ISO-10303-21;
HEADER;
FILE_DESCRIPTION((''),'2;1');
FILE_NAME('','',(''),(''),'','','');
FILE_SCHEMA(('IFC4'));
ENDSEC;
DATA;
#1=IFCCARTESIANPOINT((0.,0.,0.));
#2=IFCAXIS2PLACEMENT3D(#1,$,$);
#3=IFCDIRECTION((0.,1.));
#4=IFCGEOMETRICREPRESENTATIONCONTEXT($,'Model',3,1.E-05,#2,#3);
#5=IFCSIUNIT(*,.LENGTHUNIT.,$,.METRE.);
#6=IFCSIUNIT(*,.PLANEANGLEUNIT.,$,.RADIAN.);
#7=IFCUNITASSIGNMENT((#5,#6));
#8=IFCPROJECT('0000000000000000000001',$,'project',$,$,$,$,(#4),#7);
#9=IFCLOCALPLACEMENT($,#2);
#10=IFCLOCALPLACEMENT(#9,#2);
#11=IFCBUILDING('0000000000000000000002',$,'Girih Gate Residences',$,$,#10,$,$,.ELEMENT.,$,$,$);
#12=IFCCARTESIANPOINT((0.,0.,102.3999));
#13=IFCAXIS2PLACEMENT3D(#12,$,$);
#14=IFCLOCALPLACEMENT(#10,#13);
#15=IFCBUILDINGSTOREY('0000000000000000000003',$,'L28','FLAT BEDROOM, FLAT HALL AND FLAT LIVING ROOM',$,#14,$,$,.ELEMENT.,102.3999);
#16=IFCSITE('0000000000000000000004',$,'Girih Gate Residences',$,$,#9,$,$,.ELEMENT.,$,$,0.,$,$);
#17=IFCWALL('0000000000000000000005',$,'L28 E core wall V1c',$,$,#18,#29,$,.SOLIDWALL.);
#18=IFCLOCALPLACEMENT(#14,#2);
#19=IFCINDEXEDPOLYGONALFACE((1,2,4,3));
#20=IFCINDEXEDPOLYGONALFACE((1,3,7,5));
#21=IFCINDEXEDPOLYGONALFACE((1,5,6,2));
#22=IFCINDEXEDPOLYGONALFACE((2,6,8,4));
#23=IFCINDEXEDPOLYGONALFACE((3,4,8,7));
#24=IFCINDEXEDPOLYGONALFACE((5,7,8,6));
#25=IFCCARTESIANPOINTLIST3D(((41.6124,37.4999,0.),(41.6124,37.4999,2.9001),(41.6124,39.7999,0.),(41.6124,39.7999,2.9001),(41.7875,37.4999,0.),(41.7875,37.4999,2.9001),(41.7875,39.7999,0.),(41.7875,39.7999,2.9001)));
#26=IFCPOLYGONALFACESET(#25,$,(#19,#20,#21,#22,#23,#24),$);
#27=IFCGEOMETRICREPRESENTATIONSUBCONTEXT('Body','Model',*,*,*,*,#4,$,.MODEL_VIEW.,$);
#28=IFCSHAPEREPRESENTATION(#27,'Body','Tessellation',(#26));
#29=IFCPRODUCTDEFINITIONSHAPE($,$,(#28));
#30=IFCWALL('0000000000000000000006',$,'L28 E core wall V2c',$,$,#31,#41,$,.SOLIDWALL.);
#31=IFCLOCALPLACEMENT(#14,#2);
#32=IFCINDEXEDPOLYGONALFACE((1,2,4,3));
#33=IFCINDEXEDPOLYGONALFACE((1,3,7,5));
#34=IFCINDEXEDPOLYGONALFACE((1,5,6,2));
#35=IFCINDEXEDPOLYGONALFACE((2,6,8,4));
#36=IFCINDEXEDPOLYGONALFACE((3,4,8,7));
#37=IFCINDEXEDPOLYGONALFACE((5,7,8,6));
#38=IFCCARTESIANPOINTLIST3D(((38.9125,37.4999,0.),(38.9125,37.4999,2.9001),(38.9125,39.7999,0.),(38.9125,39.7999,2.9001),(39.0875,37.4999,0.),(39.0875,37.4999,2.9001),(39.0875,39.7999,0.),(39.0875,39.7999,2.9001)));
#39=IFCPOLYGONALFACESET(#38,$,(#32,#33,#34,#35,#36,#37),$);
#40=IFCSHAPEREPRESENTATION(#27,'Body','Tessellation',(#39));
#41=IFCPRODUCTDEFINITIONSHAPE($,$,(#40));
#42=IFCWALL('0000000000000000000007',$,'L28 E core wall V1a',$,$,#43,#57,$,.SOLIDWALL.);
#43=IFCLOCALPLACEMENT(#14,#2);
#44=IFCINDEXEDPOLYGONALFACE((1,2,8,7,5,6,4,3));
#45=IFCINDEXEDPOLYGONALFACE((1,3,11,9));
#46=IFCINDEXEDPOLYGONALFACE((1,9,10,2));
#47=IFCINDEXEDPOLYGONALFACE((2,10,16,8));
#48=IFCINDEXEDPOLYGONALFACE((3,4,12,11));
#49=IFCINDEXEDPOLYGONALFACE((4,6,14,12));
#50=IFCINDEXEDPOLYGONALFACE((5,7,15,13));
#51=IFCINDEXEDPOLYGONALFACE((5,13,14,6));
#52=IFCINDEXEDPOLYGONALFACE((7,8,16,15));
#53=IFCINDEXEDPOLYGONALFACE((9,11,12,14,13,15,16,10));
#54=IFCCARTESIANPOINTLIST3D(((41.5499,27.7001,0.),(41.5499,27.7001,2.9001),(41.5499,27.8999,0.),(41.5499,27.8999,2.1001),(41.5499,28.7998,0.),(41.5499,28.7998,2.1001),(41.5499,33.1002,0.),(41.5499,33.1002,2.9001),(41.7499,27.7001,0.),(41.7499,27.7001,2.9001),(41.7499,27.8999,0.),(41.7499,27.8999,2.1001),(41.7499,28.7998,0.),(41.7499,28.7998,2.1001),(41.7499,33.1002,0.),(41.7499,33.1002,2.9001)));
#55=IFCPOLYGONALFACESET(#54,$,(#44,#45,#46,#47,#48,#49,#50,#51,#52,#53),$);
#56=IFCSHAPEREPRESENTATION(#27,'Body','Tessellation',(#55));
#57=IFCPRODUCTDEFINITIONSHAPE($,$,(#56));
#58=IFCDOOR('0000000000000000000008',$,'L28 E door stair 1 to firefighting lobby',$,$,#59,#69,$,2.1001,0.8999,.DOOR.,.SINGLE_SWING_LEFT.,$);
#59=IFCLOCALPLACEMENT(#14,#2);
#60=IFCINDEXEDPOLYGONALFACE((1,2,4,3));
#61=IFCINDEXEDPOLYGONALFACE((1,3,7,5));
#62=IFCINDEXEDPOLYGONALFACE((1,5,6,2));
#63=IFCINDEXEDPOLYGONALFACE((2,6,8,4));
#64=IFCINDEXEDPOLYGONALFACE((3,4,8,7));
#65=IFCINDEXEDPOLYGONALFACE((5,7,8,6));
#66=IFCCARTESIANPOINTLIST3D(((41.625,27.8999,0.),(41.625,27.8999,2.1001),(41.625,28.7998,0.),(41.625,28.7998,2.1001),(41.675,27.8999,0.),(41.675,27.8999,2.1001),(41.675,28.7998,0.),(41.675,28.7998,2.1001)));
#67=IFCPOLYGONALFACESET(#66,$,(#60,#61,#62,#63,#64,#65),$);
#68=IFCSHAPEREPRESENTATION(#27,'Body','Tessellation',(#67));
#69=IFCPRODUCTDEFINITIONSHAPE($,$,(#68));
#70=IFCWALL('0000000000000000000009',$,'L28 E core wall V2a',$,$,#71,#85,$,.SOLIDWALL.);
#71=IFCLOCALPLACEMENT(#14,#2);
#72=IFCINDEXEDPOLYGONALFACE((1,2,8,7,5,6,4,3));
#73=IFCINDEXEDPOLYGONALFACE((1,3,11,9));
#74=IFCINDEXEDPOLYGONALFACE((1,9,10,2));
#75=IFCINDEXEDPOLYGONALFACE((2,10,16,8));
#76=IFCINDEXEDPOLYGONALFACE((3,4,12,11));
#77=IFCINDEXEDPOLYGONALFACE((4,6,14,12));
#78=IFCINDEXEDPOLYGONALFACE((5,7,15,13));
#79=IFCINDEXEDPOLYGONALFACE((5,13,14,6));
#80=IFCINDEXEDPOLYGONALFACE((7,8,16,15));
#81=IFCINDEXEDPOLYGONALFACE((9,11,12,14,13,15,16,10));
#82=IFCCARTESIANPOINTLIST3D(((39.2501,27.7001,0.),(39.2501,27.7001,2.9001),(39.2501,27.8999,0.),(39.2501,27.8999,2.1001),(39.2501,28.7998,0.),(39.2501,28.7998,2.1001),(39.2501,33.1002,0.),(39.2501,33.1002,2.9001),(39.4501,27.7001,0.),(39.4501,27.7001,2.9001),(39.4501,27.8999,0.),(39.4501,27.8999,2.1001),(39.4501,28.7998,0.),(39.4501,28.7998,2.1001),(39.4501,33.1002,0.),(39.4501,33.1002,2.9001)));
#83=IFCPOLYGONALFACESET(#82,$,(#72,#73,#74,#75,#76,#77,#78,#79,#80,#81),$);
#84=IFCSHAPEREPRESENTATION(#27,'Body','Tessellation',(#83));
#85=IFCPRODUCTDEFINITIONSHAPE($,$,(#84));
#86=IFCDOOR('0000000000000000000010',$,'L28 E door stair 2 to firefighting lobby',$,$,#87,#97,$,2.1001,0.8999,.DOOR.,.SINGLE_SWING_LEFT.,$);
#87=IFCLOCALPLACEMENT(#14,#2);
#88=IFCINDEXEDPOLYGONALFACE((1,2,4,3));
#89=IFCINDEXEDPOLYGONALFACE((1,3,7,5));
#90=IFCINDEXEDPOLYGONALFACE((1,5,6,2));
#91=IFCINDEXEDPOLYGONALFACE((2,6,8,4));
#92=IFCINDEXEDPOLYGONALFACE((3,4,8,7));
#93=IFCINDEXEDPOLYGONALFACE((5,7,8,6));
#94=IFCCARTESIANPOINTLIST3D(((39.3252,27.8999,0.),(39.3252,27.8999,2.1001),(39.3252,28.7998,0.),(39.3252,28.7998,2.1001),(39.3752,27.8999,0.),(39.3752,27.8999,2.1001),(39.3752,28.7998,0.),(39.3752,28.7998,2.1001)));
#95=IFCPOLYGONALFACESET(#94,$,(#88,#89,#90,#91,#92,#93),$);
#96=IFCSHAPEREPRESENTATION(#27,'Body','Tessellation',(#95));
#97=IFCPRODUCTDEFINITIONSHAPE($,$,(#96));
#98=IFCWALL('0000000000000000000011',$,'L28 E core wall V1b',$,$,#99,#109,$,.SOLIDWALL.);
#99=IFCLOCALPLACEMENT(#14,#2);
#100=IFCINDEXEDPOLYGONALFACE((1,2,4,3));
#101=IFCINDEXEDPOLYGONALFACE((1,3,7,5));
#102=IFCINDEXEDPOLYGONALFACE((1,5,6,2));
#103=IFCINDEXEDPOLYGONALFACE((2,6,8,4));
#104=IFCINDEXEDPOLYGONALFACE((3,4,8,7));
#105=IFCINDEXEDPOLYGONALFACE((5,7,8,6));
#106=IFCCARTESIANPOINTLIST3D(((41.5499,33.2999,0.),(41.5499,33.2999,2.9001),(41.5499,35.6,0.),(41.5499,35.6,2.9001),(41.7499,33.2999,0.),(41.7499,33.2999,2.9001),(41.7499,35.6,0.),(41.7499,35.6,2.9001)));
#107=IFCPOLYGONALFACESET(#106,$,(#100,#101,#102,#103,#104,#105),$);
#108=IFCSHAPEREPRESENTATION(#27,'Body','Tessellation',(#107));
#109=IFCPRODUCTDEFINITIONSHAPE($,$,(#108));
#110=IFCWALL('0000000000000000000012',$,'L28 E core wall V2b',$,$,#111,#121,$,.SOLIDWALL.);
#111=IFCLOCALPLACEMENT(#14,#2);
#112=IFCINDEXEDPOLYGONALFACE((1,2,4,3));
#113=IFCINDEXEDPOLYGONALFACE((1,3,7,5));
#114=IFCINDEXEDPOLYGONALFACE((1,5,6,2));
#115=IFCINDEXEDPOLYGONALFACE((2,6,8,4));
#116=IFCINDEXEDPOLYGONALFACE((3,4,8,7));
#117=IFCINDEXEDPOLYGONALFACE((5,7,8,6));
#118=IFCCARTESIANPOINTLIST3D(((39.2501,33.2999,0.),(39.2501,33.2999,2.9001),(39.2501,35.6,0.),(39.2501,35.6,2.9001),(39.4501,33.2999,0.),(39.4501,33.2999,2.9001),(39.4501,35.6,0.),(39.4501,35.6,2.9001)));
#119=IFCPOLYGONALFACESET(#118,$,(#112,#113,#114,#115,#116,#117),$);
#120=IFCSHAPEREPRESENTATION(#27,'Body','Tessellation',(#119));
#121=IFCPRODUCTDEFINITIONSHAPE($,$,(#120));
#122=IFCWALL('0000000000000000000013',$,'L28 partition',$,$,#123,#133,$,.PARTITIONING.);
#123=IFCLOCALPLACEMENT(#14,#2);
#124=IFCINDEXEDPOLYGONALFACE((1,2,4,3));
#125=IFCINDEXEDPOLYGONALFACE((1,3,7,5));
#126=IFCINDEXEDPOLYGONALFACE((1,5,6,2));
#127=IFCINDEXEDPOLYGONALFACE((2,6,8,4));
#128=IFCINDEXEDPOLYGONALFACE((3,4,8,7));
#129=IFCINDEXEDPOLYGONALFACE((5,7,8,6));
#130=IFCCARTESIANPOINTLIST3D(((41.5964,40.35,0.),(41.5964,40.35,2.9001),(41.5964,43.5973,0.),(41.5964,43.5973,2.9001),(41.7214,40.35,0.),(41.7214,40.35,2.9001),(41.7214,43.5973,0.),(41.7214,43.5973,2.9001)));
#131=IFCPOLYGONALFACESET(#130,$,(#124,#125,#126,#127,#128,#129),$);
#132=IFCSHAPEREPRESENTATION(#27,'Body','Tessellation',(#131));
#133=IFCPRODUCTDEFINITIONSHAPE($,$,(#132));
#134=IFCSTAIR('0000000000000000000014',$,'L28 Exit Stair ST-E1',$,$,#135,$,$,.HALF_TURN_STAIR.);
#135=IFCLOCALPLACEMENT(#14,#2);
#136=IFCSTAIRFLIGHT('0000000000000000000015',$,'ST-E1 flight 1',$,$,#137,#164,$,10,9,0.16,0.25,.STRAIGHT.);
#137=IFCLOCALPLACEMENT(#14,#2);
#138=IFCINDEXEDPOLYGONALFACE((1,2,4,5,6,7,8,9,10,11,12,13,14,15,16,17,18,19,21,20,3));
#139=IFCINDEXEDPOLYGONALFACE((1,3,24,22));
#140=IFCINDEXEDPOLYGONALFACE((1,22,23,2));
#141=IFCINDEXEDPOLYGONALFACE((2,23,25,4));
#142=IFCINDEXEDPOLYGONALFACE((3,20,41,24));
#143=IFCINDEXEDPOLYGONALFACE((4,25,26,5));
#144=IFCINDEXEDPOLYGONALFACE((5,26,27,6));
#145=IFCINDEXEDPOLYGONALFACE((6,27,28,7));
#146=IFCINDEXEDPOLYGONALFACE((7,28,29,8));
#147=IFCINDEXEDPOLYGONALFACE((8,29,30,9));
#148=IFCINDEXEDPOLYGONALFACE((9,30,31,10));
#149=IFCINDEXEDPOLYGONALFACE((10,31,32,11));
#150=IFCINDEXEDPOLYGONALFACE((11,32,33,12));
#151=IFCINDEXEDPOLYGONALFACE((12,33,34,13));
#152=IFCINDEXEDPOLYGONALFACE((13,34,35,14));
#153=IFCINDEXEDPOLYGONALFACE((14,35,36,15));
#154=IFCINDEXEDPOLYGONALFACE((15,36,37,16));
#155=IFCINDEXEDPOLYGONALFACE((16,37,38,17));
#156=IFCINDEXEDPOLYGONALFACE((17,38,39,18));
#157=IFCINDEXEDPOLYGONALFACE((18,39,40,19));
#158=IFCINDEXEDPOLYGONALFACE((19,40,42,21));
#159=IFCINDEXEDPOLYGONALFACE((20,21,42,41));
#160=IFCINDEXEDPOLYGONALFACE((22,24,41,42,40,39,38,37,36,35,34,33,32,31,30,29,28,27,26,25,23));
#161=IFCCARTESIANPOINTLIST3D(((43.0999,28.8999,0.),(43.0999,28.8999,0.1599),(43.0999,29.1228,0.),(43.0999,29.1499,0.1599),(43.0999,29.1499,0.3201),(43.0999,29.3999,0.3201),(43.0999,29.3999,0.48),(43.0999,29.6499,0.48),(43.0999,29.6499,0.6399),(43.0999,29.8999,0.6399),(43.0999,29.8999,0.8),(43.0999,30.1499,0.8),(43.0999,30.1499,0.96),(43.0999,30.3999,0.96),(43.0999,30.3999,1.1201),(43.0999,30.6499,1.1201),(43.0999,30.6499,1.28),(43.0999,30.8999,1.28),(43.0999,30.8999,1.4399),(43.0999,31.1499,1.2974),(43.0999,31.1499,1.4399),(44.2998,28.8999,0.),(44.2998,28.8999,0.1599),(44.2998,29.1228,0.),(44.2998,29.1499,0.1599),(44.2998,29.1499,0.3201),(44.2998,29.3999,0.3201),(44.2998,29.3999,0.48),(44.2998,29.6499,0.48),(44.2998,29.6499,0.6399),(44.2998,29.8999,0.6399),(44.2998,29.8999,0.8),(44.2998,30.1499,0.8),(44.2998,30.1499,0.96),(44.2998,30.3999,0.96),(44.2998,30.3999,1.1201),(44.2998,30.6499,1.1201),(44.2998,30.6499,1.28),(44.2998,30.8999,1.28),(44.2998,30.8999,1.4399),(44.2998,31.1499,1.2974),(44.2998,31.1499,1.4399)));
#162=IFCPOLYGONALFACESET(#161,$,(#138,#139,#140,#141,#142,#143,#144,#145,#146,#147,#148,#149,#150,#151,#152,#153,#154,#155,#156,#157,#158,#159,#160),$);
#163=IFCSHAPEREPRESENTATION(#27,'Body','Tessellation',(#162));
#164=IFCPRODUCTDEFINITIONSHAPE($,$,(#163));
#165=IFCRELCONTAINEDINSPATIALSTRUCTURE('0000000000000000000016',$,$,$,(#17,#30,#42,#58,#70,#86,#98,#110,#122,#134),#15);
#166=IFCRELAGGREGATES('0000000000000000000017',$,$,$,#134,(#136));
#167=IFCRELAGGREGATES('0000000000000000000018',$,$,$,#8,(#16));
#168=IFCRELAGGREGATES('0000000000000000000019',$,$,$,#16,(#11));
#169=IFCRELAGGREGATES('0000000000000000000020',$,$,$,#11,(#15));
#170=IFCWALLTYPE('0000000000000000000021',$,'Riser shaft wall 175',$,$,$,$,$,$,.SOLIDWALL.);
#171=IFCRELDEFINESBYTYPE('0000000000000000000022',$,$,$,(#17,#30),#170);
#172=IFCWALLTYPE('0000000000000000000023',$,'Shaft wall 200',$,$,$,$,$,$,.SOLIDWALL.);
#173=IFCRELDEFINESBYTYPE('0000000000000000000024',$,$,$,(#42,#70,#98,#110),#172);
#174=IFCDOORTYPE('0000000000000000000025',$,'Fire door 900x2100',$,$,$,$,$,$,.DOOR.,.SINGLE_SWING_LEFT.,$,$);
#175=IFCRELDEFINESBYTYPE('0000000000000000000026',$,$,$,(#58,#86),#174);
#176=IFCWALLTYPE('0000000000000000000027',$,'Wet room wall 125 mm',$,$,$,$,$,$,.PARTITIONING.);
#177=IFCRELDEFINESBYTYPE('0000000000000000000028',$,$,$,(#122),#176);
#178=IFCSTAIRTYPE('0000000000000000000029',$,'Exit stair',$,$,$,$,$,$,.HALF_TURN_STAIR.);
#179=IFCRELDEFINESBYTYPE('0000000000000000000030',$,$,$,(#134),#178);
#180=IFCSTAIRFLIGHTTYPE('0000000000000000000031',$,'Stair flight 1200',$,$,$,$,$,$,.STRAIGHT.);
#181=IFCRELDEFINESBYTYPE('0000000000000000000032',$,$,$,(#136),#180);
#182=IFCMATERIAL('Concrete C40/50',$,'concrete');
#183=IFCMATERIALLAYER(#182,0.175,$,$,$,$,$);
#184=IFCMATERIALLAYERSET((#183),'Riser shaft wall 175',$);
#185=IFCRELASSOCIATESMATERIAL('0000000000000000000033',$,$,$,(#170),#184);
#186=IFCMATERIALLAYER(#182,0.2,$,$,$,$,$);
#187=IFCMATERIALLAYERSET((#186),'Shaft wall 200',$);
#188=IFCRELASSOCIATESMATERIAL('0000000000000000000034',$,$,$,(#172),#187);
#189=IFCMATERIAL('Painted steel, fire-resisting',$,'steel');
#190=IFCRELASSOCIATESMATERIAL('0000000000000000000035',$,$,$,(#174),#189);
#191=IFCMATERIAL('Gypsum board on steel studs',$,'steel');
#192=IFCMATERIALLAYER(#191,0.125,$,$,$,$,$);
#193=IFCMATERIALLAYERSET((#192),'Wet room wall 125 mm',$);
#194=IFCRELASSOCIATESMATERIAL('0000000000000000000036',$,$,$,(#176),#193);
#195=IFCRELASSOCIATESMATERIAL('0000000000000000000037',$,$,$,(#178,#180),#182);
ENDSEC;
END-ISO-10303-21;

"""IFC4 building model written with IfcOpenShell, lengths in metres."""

from ifc_helpers import new_model, si_unit, direction, frame, frame_2d, origin, place, context, subcontext, project, spatial, polyline, rectangle, outline, extrude, material, layer, layer_set, type_object, element, fill, aggregate, save


model = new_model("IFC4")

# Units and contexts
model_context = context("Model", 3, precision=1e-05, world=origin(), true_north=direction((0.0, 1.0)))
body_context = subcontext(model_context, "Body", "Model", "MODEL_VIEW")
ifc_project = project(units=[si_unit("LENGTHUNIT", "METRE"), si_unit("PLANEANGLEUNIT", "RADIAN")], contexts=[model_context])

# Site, building, storey
site_placement = place(None, origin())
site = spatial("IfcSite", under=ifc_project, at=site_placement, Name="Girih Gate Residences", CompositionType="ELEMENT", RefElevation=0.0)
building_placement = place(site_placement, origin())
building = spatial("IfcBuilding", under=site, at=building_placement, Name="Girih Gate Residences", CompositionType="ELEMENT")
storey_placement = place(building_placement, frame((0.0, 0.0, 102.3999)))
storey = spatial("IfcBuildingStorey", under=building, at=storey_placement, Name="L28", Description="FLAT BEDROOM, FLAT HALL AND FLAT LIVING ROOM", CompositionType="ELEMENT", Elevation=102.3999)

# Shared definitions
ifc_material_1 = material(Name="Gypsum board on steel studs", Category="steel")

# Walls
ifc_material_2 = material(Name="Concrete C40/50", Category="concrete")
ifc_layer_1 = layer(ifc_material_2, 0.175)
ifc_layer_set_1 = layer_set([ifc_layer_1], Name="Riser shaft wall 175")
wall_type_1 = type_object("IfcWallType", Name="Riser shaft wall 175", PredefinedType="SOLIDWALL", material=ifc_layer_set_1)
for number, where, z_axis, x_axis, name in (
    (1, (41.7, 37.5, 0.0), (0.0, 0.0, 1.0), (0.0, 1.0, 0.0), "L28 E core wall V1c"),
    (2, (39.0, 37.5, 0.0), (0.0, 0.0, 1.0), (0.0, 1.0, 0.0), "L28 E core wall V2c"),
):
    element("IfcWall", number, at=place(storey_placement, frame(where, z_axis=z_axis, x_axis=x_axis)), inside=storey, type_object=wall_type_1, Name=name, PredefinedType="SOLIDWALL", context=body_context, shape_type="SweptSolid", body=[
        extrude(rectangle(XDim=2.3, YDim=0.175, at=frame_2d((1.1499, 0.0))), origin(), (0.0, 0.0, 1.0), 2.9001),
    ])

# Walls, openings, doors
ifc_layer_2 = layer(ifc_material_2, 0.2)
ifc_layer_set_2 = layer_set([ifc_layer_2], Name="Shaft wall 200")
wall_type_2 = type_object("IfcWallType", Name="Shaft wall 200", PredefinedType="SOLIDWALL", material=ifc_layer_set_2)
wall_1_placement = place(storey_placement, frame((41.6499, 27.7, 0.0), z_axis=(0.0, 0.0, 1.0), x_axis=(0.0, 1.0, 0.0)))
wall_1 = element("IfcWall", 3, at=wall_1_placement, inside=storey, type_object=wall_type_2, Name="L28 E core wall V1a", PredefinedType="SOLIDWALL", context=body_context, shape_type="SweptSolid", body=[
    extrude(rectangle(XDim=5.4001, YDim=0.2, at=frame_2d((2.7002, 0.0))), origin(), (0.0, 0.0, 1.0), 2.9001),
])
opening_1_placement = place(wall_1_placement, frame((0.2, 0.0, 0.0)))
opening_1 = element("IfcOpeningElement", 4, at=opening_1_placement, cuts=wall_1, PredefinedType="OPENING", context=body_context, shape_type="SweptSolid", body=[
    extrude(rectangle(XDim=0.8999, YDim=2.1001, at=frame_2d((0.45, 1.05))), frame((0.0, 0.1099, 0.0), z_axis=(0.0, -1.0, 0.0), x_axis=(1.0, 0.0, 0.0)), (0.0, 0.0, 1.0), 0.22),
])
ifc_material_3 = material(Name="Painted steel, fire-resisting", Category="steel")
door_type = type_object("IfcDoorType", Name="Fire door 900x2100", OperationType="SINGLE_SWING_LEFT", PredefinedType="DOOR", material=ifc_material_3)
door_1_placement = place(opening_1_placement, origin())
door_1 = element("IfcDoor", 5, at=door_1_placement, inside=storey, type_object=door_type, Name="L28 E door stair 1 to firefighting lobby", OperationType="SINGLE_SWING_LEFT", OverallHeight=2.1001, OverallWidth=0.8999, PredefinedType="DOOR", context=body_context, shape_type="SweptSolid", body=[
    extrude(rectangle(XDim=0.8999, YDim=2.1001, at=frame_2d((0.45, 1.05))), frame((0.0, 0.0249, 0.0), z_axis=(0.0, -1.0, 0.0), x_axis=(1.0, 0.0, 0.0)), (0.0, 0.0, 1.0), 0.05),
])
fill(opening_1, door_1)
wall_2_placement = place(storey_placement, frame((39.3501, 27.7, 0.0), z_axis=(0.0, 0.0, 1.0), x_axis=(0.0, 1.0, 0.0)))
wall_2 = element("IfcWall", 6, at=wall_2_placement, inside=storey, type_object=wall_type_2, Name="L28 E core wall V2a", PredefinedType="SOLIDWALL", context=body_context, shape_type="SweptSolid", body=[
    extrude(rectangle(XDim=5.4001, YDim=0.2, at=frame_2d((2.7002, 0.0))), origin(), (0.0, 0.0, 1.0), 2.9001),
])
opening_2_placement = place(wall_2_placement, frame((0.2, 0.0, 0.0)))
opening_2 = element("IfcOpeningElement", 7, at=opening_2_placement, cuts=wall_2, PredefinedType="OPENING", context=body_context, shape_type="SweptSolid", body=[
    extrude(rectangle(XDim=0.8999, YDim=2.1001, at=frame_2d((0.45, 1.05))), frame((0.0, 0.1099, 0.0), z_axis=(0.0, -1.0, 0.0), x_axis=(1.0, 0.0, 0.0)), (0.0, 0.0, 1.0), 0.22),
])
door_2_placement = place(opening_2_placement, origin())
door_2 = element("IfcDoor", 8, at=door_2_placement, inside=storey, type_object=door_type, Name="L28 E door stair 2 to firefighting lobby", OperationType="SINGLE_SWING_LEFT", OverallHeight=2.1001, OverallWidth=0.8999, PredefinedType="DOOR", context=body_context, shape_type="SweptSolid", body=[
    extrude(rectangle(XDim=0.8999, YDim=2.1001, at=frame_2d((0.45, 1.05))), frame((0.0, 0.0249, 0.0), z_axis=(0.0, -1.0, 0.0), x_axis=(1.0, 0.0, 0.0)), (0.0, 0.0, 1.0), 0.05),
])
fill(opening_2, door_2)

# Walls
for number, where, z_axis, x_axis, name in (
    (9, (41.6499, 33.3, 0.0), (0.0, 0.0, 1.0), (0.0, 1.0, 0.0), "L28 E core wall V1b"),
    (10, (39.3501, 33.3, 0.0), (0.0, 0.0, 1.0), (0.0, 1.0, 0.0), "L28 E core wall V2b"),
):
    element("IfcWall", number, at=place(storey_placement, frame(where, z_axis=z_axis, x_axis=x_axis)), inside=storey, type_object=wall_type_2, Name=name, PredefinedType="SOLIDWALL", context=body_context, shape_type="SweptSolid", body=[
        extrude(rectangle(XDim=2.3, YDim=0.2, at=frame_2d((1.1499, 0.0))), origin(), (0.0, 0.0, 1.0), 2.9001),
    ])
ifc_layer_3 = layer(ifc_material_1, 0.125)
ifc_layer_set_3 = layer_set([ifc_layer_3], Name="Wet room wall 125 mm")
wall_type_3 = type_object("IfcWallType", Name="Wet room wall 125 mm", PredefinedType="PARTITIONING", material=ifc_layer_set_3)
wall_3_placement = place(storey_placement, frame((41.6589, 40.3501, 0.0), z_axis=(0.0, 0.0, 1.0), x_axis=(0.0, 1.0, 0.0)))
element("IfcWall", 11, at=wall_3_placement, inside=storey, type_object=wall_type_3, Name="L28 partition", PredefinedType="PARTITIONING", context=body_context, shape_type="SweptSolid", body=[
    extrude(rectangle(XDim=3.2473, YDim=0.125, at=frame_2d((1.6235, 0.0))), origin(), (0.0, 0.0, 1.0), 2.9001),
])

# Stair, stair flight
stair_type = type_object("IfcStairType", Name="Exit stair", PredefinedType="HALF_TURN_STAIR", material=ifc_material_2)
stair_1_placement = place(storey_placement, origin())
stair_1 = element("IfcStair", 12, at=stair_1_placement, inside=storey, type_object=stair_type, Name="L28 Exit Stair ST-E1", PredefinedType="HALF_TURN_STAIR")
stair_flight_type = type_object("IfcStairFlightType", Name="Stair flight 1200", PredefinedType="STRAIGHT", material=ifc_material_2)
stair_flight_1_placement = place(storey_placement, frame((43.7, 28.8999, 0.0), z_axis=(0.0, 0.0, 1.0), x_axis=(0.0, 1.0, 0.0)))
stair_flight_1 = element("IfcStairFlight", 13, at=stair_flight_1_placement, type_object=stair_flight_type, Name="ST-E1 flight 1", NumberOfRisers=10, NumberOfTreads=9, PredefinedType="STRAIGHT", RiserHeight=0.16, TreadLength=0.25, context=body_context, shape_type="SweptSolid", body=[
    extrude(outline(polyline([(0.0, 0.0), (0.0, 0.1599), (0.25, 0.1599), (0.25, 0.3201), (0.5, 0.3201), (0.5, 0.48), (0.75, 0.48), (0.75, 0.6399), (1.0, 0.6399), (1.0, 0.8), (1.25, 0.8), (1.25, 0.96), (1.5, 0.96), (1.5, 1.1201), (1.75, 1.1201), (1.75, 1.28), (2.0, 1.28), (2.0, 1.4399), (2.25, 1.4399), (2.25, 1.6001), (2.25, 1.2974), (0.2229, 0.0), (0.0, 0.0)])), frame((0.0, 0.6001, 0.0), z_axis=(0.0, -1.0, 0.0), x_axis=(1.0, 0.0, 0.0)), (0.0, 0.0, 1.0), 1.2),
])
aggregate(stair_1, [stair_flight_1])

save(model, "model.ifc")
